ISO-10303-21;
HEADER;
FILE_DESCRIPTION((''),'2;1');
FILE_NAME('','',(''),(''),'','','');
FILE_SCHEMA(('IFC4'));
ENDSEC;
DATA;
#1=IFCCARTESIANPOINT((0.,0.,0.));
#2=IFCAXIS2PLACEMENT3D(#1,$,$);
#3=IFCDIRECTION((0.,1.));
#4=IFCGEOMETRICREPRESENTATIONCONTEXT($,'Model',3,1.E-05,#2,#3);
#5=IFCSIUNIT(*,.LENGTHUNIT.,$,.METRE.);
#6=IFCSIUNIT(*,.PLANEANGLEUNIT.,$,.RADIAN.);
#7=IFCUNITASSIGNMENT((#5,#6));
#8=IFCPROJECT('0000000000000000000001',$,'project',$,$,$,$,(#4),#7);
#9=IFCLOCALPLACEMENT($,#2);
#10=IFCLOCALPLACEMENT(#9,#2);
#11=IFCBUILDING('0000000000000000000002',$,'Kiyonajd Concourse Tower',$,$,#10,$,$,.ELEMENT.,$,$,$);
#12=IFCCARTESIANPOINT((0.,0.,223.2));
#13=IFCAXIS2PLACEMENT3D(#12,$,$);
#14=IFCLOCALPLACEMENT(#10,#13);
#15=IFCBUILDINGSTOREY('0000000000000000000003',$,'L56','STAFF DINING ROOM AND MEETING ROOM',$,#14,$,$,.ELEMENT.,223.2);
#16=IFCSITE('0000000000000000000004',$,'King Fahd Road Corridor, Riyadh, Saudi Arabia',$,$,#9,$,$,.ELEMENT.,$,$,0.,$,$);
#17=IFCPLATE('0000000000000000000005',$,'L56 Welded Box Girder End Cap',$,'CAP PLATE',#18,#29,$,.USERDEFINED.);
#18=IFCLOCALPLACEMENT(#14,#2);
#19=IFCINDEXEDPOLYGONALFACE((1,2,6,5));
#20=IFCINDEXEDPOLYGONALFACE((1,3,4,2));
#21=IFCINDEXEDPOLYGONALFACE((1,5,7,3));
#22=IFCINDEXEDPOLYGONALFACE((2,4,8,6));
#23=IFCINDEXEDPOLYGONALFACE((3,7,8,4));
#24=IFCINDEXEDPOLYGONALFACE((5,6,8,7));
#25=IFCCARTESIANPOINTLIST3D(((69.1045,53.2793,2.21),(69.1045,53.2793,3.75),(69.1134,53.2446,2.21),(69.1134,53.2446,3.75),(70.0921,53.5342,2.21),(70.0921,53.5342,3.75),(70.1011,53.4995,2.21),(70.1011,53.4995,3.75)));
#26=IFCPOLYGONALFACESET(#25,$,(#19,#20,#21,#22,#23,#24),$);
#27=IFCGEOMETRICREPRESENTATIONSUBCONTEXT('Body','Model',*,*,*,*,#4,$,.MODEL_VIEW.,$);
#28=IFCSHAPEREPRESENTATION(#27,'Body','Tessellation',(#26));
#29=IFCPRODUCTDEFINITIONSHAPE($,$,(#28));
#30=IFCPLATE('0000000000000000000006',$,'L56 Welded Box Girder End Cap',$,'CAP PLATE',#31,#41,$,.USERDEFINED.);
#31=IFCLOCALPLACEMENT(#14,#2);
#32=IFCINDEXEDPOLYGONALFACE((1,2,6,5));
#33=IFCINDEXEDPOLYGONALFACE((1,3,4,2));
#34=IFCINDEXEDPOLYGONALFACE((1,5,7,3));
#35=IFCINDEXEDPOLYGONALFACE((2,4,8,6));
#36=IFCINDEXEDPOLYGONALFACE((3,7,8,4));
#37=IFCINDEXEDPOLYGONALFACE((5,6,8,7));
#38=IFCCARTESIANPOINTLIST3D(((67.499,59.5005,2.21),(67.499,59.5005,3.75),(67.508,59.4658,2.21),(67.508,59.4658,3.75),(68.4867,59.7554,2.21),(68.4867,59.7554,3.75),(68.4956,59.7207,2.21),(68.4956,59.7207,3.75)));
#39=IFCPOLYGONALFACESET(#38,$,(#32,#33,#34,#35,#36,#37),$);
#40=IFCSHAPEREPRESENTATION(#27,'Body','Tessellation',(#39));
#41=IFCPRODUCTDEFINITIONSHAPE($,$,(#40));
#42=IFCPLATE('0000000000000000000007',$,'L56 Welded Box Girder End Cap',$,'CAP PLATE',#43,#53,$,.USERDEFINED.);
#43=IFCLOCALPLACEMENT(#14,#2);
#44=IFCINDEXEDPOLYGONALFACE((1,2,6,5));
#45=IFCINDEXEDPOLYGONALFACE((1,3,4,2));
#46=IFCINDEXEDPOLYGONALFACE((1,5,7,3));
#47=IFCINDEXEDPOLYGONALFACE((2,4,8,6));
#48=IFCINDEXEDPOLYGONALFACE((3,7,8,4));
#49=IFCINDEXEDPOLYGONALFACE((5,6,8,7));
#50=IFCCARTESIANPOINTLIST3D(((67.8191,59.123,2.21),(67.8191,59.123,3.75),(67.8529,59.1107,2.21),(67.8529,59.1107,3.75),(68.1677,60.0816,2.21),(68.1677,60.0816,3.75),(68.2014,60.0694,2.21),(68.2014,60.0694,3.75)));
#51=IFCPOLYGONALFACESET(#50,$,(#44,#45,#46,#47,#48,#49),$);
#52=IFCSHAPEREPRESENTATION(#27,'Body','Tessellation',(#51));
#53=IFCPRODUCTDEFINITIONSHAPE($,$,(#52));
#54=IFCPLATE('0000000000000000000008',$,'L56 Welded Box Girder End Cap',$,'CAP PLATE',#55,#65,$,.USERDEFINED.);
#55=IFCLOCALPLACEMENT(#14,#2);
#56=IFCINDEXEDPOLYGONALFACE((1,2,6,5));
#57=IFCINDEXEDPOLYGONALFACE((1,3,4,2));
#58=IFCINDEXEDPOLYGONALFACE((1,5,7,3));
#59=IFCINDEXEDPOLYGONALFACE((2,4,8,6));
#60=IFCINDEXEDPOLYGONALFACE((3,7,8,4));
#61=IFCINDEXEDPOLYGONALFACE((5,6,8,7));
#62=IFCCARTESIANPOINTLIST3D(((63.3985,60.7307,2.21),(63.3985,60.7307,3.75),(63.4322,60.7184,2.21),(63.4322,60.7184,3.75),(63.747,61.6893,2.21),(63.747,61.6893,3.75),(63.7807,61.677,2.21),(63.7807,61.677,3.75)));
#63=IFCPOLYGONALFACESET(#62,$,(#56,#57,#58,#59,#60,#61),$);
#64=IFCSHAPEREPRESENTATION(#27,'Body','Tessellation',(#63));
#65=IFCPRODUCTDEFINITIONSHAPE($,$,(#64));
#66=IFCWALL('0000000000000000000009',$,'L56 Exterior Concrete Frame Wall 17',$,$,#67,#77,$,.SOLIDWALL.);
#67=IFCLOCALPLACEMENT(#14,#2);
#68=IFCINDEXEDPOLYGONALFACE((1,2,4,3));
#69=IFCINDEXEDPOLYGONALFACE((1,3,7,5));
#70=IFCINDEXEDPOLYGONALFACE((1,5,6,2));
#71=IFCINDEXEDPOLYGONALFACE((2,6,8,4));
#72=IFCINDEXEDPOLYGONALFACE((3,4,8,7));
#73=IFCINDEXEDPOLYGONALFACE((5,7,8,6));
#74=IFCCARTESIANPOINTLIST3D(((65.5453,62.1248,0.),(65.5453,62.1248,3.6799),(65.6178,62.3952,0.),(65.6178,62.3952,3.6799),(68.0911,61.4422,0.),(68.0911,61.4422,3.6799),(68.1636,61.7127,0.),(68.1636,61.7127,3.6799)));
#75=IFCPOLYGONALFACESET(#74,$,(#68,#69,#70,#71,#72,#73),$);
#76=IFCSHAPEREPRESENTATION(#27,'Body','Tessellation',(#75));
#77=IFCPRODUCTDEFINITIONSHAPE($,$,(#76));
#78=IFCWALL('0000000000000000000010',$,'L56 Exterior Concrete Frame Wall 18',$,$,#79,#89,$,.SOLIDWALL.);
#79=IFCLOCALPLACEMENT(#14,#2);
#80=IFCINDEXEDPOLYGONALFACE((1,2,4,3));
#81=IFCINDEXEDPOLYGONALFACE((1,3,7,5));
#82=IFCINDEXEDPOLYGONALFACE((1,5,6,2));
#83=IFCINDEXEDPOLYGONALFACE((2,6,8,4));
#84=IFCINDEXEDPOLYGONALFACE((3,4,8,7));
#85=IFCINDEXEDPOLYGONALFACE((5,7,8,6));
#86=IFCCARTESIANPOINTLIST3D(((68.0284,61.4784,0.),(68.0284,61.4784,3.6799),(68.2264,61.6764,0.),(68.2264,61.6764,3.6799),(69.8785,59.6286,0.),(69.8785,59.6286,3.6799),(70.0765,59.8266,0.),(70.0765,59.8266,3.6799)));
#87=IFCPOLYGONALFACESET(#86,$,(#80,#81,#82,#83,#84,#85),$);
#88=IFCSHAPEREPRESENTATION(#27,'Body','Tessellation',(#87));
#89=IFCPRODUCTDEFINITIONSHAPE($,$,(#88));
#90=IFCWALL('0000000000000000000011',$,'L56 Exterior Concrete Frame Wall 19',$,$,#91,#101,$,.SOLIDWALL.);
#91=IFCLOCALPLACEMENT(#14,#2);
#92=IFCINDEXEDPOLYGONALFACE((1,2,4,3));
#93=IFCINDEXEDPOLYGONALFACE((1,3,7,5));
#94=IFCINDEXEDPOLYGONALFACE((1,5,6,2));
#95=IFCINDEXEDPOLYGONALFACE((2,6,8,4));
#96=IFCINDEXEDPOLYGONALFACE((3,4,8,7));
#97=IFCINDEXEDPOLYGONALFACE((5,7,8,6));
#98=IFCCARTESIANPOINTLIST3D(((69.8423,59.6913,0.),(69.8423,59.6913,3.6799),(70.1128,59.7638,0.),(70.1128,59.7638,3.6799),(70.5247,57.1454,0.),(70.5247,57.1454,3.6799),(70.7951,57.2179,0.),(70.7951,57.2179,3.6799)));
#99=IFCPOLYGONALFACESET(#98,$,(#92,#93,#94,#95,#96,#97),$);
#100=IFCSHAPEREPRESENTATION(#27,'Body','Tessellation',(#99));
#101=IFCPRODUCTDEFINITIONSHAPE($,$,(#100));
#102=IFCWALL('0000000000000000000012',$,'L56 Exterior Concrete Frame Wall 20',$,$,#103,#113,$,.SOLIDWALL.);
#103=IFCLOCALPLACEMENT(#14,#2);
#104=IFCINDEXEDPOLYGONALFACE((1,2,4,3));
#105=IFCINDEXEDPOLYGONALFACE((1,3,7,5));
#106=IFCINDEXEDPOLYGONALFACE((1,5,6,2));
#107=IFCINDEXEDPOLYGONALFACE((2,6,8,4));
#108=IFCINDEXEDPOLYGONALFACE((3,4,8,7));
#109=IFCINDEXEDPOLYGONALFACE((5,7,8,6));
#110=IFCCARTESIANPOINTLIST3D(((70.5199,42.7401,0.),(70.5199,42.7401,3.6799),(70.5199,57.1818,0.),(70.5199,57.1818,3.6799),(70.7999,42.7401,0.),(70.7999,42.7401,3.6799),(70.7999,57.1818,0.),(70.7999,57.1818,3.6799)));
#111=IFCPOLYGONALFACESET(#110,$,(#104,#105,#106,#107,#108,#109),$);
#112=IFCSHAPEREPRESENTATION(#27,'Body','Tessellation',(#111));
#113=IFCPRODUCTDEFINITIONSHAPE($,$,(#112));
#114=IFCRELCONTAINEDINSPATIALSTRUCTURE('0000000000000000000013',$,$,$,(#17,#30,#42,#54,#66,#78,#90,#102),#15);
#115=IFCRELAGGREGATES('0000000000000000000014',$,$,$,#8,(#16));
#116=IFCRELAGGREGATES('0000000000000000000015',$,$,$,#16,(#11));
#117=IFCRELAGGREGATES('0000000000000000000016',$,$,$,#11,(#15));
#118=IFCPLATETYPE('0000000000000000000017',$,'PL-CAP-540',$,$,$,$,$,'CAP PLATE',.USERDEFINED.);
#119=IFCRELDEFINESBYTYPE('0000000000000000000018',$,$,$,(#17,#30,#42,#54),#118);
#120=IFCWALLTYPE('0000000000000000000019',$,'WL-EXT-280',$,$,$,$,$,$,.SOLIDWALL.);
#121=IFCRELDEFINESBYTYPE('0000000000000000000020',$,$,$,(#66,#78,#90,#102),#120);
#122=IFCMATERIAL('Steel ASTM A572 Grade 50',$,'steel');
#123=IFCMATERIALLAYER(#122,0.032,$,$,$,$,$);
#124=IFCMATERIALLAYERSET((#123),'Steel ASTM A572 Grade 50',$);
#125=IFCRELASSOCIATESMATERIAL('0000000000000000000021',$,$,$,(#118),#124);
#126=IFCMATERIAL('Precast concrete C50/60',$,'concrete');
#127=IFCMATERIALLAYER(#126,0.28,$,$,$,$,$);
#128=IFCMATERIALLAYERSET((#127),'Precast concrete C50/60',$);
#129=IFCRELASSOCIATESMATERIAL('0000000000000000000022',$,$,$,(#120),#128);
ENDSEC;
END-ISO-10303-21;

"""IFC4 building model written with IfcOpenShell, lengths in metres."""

from ifc_helpers import new_model, si_unit, direction, frame, frame_2d, origin, origin_2d, place, context, subcontext, project, spatial, rectangle, extrude, material, layer, layer_set, type_object, element, save


model = new_model("IFC4")

# Units and contexts
model_context = context("Model", 3, precision=1e-05, world=origin(), true_north=direction((0.0, 1.0)))
body_context = subcontext(model_context, "Body", "Model", "MODEL_VIEW")
ifc_project = project(units=[si_unit("LENGTHUNIT", "METRE"), si_unit("PLANEANGLEUNIT", "RADIAN")], contexts=[model_context])

# Site, building, storey
site_placement = place(None, origin())
site = spatial("IfcSite", under=ifc_project, at=site_placement, Name="King Fahd Road Corridor, Riyadh, Saudi Arabia", CompositionType="ELEMENT", RefElevation=0.0)
building_placement = place(site_placement, origin())
building = spatial("IfcBuilding", under=site, at=building_placement, Name="Kiyonajd Concourse Tower", CompositionType="ELEMENT")
storey_placement = place(building_placement, frame((0.0, 0.0, 223.2)))
storey = spatial("IfcBuildingStorey", under=building, at=storey_placement, Name="L56", Description="STAFF DINING ROOM AND MEETING ROOM", CompositionType="ELEMENT", Elevation=223.2)

# Shared definitions
ifc_material_1 = material(Name="Steel ASTM A572 Grade 50", Category="steel")

# Plates
ifc_layer_1 = layer(ifc_material_1, 0.032)
ifc_layer_set_1 = layer_set([ifc_layer_1], Name="Steel ASTM A572 Grade 50")
plate_type_1 = type_object("IfcPlateType", Name="PL-CAP-540", ElementType="CAP PLATE", PredefinedType="USERDEFINED", material=ifc_layer_set_1)
for number, where, z_axis, x_axis, name in (
    (1, (69.6028, 53.3894, 2.21), (0.0, 0.0, 1.0), (0.249873, -0.968279, 0.0), "L56 Welded Box Girder End Cap"),
    (2, (67.9973, 59.6106, 2.21), (0.0, 0.0, 1.0), (-0.249873, 0.968279, 0.0), "L56 Welded Box Girder End Cap"),
    (3, (68.0103, 59.5962, 2.21), (0.0, 0.0, 1.0), (0.939812, -0.341692, 0.0), "L56 Welded Box Girder End Cap"),
    (4, (63.5896, 61.2039, 2.21), (0.0, 0.0, 1.0), (-0.939812, 0.341692, 0.0), "L56 Welded Box Girder End Cap"),
):
    element("IfcPlate", number, at=place(storey_placement, frame(where, z_axis=z_axis, x_axis=x_axis)), inside=storey, type_object=plate_type_1, Name=name, ObjectType="CAP PLATE", PredefinedType="USERDEFINED", context=body_context, shape_type="SweptSolid", body=[
        extrude(rectangle(XDim=0.0359, YDim=1.02, at=origin_2d()), origin(), (0.0, 0.0, 1.0), 1.54),
    ])

# Walls
ifc_material_2 = material(Name="Precast concrete C50/60", Category="concrete")
ifc_layer_2 = layer(ifc_material_2, 0.28)
ifc_layer_set_2 = layer_set([ifc_layer_2], Name="Precast concrete C50/60")
wall_type = type_object("IfcWallType", Name="WL-EXT-280", PredefinedType="SOLIDWALL", material=ifc_layer_set_2)
wall_1_placement = place(storey_placement, frame((65.5815, 62.26, 0.0), z_axis=(0.0, 0.0, 1.0), x_axis=(0.965884, -0.258977, 0.0)))
element("IfcWall", 5, at=wall_1_placement, inside=storey, type_object=wall_type, Name="L56 Exterior Concrete Frame Wall 17", PredefinedType="SOLIDWALL", context=body_context, shape_type="SweptSolid", body=[
    extrude(rectangle(XDim=2.6357, YDim=0.28, at=frame_2d((1.3179, 0.0))), origin(), (0.0, 0.0, 1.0), 3.6799),
])
wall_2_placement = place(storey_placement, frame((68.1274, 61.5774, 0.0), z_axis=(0.0, 0.0, 1.0), x_axis=(0.707153, -0.70706, 0.0)))
element("IfcWall", 6, at=wall_2_placement, inside=storey, type_object=wall_type, Name="L56 Exterior Concrete Frame Wall 18", PredefinedType="SOLIDWALL", context=body_context, shape_type="SweptSolid", body=[
    extrude(rectangle(XDim=2.6162, YDim=0.28, at=frame_2d((1.3081, 0.0))), origin(), (0.0, 0.0, 1.0), 3.6799),
])
wall_3_placement = place(storey_placement, frame((69.9775, 59.7275, 0.0), z_axis=(0.0, 0.0, 1.0), x_axis=(0.25889, -0.965907, 0.0)))
element("IfcWall", 7, at=wall_3_placement, inside=storey, type_object=wall_type, Name="L56 Exterior Concrete Frame Wall 19", PredefinedType="SOLIDWALL", context=body_context, shape_type="SweptSolid", body=[
    extrude(rectangle(XDim=2.6357, YDim=0.28, at=frame_2d((1.3179, 0.0))), origin(), (0.0, 0.0, 1.0), 3.6799),
])
wall_4_placement = place(storey_placement, frame((70.6599, 57.1816, 0.0), z_axis=(0.0, 0.0, 1.0), x_axis=(0.0, -1.0, 0.0)))
element("IfcWall", 8, at=wall_4_placement, inside=storey, type_object=wall_type, Name="L56 Exterior Concrete Frame Wall 20", PredefinedType="SOLIDWALL", context=body_context, shape_type="SweptSolid", body=[
    extrude(rectangle(XDim=14.4417, YDim=0.28, at=frame_2d((7.2207, 0.0))), origin(), (0.0, 0.0, 1.0), 3.6799),
])

save(model, "model.ifc")
